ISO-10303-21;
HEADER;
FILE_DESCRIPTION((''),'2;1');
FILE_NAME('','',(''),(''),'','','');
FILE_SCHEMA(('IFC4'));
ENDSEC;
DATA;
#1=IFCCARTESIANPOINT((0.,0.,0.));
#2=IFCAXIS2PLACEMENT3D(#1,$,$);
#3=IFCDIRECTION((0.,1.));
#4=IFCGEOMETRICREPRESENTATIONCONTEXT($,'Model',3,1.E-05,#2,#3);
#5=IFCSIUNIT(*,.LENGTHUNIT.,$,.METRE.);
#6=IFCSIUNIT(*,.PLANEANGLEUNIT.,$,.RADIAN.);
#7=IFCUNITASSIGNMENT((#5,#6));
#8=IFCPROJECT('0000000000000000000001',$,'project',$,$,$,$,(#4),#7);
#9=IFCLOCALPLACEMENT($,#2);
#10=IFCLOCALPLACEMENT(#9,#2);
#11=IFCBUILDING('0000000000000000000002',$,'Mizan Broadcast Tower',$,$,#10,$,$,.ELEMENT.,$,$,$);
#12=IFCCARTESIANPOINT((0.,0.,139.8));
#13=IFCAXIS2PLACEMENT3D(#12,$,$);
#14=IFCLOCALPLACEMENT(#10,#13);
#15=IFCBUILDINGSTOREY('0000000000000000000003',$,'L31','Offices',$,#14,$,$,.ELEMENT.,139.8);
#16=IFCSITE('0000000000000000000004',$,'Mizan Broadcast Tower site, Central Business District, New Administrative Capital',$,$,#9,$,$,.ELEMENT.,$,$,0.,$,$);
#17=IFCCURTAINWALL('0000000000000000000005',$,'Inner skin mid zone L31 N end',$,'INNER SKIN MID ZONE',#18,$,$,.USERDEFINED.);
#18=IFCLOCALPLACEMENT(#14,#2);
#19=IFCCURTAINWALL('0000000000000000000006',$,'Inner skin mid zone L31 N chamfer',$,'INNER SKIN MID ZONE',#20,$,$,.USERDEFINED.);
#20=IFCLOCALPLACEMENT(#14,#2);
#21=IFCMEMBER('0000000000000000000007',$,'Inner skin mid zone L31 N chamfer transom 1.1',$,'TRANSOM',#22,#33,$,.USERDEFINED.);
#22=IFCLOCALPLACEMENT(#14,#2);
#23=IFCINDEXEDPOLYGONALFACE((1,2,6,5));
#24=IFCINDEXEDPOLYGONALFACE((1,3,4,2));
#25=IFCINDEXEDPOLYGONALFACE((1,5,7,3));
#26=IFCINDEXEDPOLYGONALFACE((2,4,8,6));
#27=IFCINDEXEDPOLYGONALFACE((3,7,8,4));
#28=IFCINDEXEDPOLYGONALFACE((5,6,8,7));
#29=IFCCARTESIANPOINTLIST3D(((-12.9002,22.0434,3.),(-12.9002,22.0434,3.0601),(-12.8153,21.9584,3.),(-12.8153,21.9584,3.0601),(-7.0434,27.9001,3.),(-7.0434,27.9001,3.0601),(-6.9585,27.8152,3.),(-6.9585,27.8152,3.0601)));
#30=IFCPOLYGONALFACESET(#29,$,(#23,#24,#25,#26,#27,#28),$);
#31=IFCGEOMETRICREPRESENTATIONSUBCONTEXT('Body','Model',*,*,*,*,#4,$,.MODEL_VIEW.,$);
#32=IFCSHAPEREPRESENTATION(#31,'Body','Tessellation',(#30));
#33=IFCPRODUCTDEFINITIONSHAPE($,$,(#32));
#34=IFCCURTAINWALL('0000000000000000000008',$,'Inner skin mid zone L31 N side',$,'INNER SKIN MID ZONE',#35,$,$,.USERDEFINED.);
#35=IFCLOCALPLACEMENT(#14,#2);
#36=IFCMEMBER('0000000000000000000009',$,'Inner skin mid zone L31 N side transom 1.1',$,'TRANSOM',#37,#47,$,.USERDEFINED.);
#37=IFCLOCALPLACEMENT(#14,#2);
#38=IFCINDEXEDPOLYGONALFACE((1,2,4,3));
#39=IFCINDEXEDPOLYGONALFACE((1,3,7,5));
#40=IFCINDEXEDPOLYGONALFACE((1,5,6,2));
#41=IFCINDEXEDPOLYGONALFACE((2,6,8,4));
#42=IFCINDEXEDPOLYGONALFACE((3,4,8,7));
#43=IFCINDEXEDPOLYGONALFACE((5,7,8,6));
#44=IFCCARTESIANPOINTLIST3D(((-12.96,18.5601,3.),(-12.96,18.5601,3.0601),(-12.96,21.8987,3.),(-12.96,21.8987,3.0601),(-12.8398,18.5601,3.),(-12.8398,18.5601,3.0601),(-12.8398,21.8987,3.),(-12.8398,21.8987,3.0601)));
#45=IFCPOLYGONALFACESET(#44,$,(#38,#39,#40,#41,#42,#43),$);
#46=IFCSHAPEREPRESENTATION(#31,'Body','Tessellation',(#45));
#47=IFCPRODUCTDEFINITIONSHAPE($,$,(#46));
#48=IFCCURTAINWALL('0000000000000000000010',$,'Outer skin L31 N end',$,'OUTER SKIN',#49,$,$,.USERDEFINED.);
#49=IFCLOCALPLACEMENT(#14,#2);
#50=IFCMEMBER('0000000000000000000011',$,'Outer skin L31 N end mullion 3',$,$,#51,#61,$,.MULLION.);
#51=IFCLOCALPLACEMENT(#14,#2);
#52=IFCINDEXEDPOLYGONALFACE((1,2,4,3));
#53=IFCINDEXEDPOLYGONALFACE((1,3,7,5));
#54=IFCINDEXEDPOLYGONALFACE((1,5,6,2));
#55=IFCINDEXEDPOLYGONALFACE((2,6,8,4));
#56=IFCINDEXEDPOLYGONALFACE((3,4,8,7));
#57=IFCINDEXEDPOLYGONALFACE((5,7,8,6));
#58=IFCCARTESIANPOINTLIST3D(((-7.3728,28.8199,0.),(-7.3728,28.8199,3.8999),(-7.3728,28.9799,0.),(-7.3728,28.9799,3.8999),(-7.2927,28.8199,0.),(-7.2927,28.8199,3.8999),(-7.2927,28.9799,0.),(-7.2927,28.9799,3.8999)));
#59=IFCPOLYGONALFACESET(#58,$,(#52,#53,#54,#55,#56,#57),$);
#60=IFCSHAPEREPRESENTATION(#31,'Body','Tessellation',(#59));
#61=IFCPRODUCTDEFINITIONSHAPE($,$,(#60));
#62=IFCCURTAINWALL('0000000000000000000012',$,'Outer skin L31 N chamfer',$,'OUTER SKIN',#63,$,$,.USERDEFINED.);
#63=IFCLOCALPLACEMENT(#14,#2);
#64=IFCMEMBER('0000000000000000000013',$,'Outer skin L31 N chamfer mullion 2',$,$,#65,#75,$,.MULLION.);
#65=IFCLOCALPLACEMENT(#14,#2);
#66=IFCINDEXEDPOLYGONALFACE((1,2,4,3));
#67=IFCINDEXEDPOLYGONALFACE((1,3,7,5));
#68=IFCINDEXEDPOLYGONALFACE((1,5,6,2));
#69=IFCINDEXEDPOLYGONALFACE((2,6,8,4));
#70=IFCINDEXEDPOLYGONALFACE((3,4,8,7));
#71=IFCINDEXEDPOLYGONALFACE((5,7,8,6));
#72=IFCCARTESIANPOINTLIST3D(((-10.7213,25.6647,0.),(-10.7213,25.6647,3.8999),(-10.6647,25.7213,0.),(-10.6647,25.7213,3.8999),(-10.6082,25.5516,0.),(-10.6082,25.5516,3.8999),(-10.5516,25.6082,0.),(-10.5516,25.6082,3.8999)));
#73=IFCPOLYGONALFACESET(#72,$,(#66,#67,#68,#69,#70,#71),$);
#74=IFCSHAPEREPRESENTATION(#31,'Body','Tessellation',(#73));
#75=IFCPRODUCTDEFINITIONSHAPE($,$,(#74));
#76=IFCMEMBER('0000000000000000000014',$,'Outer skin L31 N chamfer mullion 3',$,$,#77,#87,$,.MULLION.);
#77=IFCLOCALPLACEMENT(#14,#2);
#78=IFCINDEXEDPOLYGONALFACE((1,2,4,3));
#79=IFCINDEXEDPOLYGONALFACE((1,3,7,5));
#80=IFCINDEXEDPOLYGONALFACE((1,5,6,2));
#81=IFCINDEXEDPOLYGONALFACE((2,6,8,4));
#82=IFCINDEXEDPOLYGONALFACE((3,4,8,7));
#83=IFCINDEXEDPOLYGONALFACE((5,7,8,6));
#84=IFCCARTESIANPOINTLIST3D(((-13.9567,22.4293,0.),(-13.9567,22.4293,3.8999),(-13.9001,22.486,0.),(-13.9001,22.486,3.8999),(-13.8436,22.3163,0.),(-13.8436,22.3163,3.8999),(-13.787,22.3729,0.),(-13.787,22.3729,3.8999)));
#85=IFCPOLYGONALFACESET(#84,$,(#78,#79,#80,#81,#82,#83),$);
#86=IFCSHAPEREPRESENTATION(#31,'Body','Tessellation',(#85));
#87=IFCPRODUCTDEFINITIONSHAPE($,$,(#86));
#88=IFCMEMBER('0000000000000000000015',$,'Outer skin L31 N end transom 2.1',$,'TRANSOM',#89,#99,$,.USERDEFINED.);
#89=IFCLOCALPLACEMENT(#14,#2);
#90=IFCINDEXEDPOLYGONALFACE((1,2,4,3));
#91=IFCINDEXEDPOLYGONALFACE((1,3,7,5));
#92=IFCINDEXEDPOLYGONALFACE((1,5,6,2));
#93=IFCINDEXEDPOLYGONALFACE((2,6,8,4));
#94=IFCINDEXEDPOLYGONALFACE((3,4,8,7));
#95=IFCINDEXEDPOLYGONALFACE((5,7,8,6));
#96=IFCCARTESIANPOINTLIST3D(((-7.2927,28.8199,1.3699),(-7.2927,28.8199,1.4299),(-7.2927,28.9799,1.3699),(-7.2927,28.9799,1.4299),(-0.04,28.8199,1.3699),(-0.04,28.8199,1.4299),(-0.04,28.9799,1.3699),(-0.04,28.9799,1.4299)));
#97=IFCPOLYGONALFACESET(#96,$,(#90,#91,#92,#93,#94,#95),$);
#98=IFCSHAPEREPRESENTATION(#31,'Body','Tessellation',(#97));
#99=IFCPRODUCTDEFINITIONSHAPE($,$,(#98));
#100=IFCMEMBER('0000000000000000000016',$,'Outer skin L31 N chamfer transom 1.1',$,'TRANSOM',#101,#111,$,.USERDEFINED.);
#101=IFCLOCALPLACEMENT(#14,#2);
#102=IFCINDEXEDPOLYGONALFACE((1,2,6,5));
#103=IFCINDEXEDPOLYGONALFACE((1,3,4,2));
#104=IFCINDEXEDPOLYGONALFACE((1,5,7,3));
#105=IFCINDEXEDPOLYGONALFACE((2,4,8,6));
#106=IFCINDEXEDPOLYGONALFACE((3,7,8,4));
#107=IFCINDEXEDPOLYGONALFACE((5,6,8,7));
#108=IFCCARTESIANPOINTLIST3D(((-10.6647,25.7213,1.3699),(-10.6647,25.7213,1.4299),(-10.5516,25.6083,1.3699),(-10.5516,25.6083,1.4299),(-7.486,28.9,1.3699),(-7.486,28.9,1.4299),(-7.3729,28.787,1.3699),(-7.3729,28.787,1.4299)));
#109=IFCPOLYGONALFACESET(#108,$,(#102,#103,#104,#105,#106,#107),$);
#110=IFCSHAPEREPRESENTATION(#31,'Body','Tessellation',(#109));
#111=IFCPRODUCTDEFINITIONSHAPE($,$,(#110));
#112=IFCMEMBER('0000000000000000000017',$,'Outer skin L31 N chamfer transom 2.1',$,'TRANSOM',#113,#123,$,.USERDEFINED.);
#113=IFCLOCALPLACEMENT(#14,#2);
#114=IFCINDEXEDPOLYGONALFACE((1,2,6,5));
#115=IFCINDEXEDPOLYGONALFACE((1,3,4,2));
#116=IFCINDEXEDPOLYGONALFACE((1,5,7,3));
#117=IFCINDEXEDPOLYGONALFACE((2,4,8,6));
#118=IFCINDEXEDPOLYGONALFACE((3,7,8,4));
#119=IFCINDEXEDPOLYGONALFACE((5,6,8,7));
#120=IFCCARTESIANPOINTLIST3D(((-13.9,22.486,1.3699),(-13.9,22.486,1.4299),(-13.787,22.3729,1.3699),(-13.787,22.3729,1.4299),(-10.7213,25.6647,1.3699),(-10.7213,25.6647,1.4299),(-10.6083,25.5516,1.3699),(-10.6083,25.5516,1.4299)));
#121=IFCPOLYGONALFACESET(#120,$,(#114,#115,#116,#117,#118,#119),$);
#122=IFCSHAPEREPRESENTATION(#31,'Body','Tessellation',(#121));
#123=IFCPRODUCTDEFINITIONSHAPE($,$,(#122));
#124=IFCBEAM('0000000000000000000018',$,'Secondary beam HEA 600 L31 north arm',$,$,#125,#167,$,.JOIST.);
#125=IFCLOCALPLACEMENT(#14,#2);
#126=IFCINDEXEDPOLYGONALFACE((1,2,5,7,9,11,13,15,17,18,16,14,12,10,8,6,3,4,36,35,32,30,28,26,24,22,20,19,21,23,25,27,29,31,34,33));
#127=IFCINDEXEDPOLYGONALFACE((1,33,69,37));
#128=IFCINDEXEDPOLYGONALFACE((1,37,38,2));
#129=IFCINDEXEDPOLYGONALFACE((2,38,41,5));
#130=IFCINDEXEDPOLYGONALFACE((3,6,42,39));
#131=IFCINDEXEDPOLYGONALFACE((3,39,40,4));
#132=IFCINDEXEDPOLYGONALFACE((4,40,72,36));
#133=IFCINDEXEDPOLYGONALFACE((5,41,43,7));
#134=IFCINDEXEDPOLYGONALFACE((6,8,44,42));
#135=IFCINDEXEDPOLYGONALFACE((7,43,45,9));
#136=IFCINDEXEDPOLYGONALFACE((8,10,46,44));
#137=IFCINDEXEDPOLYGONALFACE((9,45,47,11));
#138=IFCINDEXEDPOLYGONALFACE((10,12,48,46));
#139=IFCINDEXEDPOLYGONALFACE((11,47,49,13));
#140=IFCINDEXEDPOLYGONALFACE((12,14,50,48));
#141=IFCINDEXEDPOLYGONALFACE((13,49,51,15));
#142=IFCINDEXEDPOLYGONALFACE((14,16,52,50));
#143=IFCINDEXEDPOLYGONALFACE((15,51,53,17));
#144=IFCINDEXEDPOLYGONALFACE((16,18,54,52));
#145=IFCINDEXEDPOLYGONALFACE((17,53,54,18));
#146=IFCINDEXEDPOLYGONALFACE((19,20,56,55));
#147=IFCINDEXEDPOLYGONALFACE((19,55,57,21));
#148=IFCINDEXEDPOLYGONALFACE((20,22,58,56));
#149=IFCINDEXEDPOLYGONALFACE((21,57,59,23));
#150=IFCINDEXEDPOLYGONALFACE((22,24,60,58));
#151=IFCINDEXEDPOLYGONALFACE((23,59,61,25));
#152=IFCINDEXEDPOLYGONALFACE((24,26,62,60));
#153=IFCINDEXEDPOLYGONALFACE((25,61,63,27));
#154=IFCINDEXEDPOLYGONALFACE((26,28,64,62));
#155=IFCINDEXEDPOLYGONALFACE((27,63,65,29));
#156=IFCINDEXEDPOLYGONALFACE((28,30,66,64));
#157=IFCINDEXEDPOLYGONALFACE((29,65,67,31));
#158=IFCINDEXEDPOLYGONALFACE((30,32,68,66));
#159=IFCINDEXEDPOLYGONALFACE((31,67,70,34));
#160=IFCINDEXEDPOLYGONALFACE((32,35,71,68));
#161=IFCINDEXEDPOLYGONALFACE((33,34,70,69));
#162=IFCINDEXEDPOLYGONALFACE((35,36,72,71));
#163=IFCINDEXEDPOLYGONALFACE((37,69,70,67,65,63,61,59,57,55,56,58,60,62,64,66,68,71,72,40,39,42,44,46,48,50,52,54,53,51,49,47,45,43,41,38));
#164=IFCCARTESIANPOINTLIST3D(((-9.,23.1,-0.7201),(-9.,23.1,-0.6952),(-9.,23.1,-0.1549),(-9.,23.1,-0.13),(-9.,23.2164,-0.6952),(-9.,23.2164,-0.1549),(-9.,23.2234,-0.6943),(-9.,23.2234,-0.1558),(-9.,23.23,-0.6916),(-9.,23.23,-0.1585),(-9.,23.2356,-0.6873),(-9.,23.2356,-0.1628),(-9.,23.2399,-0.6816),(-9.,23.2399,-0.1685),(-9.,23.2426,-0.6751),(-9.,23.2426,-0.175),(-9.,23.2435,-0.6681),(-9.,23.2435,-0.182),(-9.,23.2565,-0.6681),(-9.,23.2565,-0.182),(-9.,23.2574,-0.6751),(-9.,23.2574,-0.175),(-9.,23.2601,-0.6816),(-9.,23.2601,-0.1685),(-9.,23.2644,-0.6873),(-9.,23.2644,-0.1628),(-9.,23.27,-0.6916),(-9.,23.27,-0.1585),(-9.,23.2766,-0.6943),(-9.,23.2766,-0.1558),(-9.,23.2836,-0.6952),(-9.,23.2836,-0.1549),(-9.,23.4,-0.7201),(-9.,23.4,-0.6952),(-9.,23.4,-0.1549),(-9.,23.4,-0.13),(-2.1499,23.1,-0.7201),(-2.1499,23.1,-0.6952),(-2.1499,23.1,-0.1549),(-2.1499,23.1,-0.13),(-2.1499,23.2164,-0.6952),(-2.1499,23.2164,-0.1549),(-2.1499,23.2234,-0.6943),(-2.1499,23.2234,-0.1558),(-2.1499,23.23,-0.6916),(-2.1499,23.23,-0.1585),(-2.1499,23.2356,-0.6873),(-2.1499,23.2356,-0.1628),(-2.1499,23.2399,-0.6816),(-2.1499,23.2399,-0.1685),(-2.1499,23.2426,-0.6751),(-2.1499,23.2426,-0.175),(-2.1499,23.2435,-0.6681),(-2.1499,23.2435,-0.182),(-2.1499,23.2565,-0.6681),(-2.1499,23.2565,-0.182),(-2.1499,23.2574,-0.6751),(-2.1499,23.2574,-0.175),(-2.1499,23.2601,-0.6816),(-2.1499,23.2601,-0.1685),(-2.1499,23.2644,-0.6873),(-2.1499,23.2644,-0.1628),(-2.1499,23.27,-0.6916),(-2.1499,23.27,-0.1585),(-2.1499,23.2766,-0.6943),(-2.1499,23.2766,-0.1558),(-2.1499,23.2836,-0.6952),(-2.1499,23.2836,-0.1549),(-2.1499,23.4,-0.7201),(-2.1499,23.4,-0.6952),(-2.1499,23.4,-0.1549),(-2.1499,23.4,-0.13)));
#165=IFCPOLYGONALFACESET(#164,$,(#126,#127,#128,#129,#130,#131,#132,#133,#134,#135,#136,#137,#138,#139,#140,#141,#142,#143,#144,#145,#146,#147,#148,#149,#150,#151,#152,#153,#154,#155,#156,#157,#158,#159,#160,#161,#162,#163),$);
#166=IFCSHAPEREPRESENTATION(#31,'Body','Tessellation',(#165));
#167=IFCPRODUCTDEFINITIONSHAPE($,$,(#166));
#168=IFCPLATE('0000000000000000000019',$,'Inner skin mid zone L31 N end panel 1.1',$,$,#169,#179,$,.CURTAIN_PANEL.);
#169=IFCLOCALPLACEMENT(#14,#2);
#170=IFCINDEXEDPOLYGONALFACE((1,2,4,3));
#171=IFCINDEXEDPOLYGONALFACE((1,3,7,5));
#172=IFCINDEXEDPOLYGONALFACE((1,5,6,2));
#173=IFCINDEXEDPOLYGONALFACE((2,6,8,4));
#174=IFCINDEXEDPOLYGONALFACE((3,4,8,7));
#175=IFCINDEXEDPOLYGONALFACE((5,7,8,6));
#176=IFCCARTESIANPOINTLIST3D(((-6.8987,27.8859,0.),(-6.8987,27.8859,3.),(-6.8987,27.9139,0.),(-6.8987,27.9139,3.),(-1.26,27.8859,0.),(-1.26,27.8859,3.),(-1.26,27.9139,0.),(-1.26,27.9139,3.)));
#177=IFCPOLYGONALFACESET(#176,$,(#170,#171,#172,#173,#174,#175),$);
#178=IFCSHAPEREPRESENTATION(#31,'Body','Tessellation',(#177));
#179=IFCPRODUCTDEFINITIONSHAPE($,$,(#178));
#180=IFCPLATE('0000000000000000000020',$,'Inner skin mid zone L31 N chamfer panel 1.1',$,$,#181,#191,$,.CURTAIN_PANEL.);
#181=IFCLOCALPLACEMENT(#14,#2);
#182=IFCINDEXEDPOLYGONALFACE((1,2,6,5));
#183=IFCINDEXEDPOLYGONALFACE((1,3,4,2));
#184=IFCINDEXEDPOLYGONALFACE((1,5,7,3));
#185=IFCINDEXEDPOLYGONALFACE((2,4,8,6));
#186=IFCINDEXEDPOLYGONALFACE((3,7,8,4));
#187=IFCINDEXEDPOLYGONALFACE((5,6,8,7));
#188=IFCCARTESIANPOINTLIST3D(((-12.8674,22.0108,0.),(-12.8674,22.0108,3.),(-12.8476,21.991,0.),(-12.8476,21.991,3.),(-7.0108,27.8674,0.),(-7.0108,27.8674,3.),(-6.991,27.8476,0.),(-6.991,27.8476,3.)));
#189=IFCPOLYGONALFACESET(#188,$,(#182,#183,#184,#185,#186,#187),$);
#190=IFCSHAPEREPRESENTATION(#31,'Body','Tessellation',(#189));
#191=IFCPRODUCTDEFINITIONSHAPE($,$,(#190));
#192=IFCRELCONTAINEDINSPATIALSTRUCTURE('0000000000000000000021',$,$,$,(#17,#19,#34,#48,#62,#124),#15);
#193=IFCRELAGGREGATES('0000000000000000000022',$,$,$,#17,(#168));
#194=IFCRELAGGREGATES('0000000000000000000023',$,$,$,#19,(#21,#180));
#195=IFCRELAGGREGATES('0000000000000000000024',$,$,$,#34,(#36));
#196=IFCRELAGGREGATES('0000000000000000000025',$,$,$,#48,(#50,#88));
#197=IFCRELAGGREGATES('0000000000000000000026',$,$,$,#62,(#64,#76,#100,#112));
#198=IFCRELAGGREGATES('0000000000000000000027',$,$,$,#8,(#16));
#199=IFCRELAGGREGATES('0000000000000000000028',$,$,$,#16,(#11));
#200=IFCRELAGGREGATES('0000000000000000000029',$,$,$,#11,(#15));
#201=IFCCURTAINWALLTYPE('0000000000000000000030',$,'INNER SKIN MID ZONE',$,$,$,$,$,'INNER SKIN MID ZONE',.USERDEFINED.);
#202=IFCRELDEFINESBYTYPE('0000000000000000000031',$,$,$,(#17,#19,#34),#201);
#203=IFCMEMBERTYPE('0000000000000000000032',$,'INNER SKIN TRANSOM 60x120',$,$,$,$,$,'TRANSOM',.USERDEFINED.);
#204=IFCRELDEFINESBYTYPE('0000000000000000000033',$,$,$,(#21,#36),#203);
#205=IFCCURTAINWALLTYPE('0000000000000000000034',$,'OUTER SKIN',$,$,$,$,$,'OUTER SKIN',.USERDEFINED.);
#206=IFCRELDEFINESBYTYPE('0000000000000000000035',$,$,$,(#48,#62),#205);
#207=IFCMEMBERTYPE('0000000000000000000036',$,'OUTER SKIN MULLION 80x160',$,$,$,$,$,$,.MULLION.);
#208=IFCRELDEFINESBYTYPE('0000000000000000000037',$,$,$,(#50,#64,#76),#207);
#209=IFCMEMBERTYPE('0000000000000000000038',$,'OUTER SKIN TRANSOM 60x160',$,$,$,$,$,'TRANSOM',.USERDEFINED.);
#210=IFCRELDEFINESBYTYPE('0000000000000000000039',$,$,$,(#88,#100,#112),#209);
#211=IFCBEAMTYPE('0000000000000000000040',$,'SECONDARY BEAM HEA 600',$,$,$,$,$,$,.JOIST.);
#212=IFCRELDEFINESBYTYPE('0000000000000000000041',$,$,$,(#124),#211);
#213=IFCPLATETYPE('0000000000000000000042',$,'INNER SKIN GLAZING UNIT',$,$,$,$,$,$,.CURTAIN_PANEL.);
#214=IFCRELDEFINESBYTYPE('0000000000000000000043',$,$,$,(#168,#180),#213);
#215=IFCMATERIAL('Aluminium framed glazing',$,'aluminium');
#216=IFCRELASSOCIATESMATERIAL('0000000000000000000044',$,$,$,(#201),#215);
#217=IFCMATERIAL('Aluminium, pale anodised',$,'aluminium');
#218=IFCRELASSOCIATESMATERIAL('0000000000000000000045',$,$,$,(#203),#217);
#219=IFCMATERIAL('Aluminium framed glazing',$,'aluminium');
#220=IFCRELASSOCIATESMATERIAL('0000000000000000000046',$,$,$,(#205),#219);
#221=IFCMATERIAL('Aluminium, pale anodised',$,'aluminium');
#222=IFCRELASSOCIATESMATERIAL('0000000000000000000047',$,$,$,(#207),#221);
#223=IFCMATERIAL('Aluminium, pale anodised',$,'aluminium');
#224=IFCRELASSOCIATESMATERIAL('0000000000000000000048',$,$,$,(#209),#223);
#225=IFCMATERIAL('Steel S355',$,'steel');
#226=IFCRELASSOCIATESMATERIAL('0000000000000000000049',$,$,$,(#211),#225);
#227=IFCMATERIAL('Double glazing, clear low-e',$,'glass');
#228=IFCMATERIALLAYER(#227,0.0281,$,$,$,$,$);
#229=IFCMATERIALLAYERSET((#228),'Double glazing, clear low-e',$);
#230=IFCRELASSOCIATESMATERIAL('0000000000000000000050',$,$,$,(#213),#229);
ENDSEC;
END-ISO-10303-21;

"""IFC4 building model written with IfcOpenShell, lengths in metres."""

from ifc_helpers import new_model, si_unit, direction, frame, origin, origin_2d, place, context, subcontext, project, spatial, rectangle, i_section, extrude, material, layer, layer_set, material_profile, profile_set, type_object, element, aggregate, save


model = new_model("IFC4")

# Units and contexts
model_context = context("Model", 3, precision=1e-05, world=origin(), true_north=direction((0.0, 1.0)))
body_context = subcontext(model_context, "Body", "Model", "MODEL_VIEW")
ifc_project = project(units=[si_unit("LENGTHUNIT", "METRE"), si_unit("PLANEANGLEUNIT", "RADIAN")], contexts=[model_context])

# Site, building, storey
site_placement = place(None, origin())
site = spatial("IfcSite", under=ifc_project, at=site_placement, Name="Mizan Broadcast Tower site, Central Business District, New Administrative Capital", CompositionType="ELEMENT", RefElevation=0.0)
building_placement = place(site_placement, origin())
building = spatial("IfcBuilding", under=site, at=building_placement, Name="Mizan Broadcast Tower", CompositionType="ELEMENT")
storey_placement = place(building_placement, frame((0.0, 0.0, 139.8)))
storey = spatial("IfcBuildingStorey", under=building, at=storey_placement, Name="L31", Description="Offices", CompositionType="ELEMENT", Elevation=139.8)

# Curtain wall
ifc_material_1 = material(Name="Aluminium framed glazing", Category="aluminium")
curtain_wall_type_1 = type_object("IfcCurtainWallType", Name="INNER SKIN MID ZONE", ElementType="INNER SKIN MID ZONE", PredefinedType="USERDEFINED", material=ifc_material_1)
curtain_wall_1_placement = place(storey_placement, origin())
curtain_wall_1 = element("IfcCurtainWall", 1, at=curtain_wall_1_placement, inside=storey, type_object=curtain_wall_type_1, Name="Inner skin mid zone L31 N end", ObjectType="INNER SKIN MID ZONE", PredefinedType="USERDEFINED")

# Curtain wall
curtain_wall_2_placement = place(storey_placement, origin())
curtain_wall_2 = element("IfcCurtainWall", 2, at=curtain_wall_2_placement, inside=storey, type_object=curtain_wall_type_1, Name="Inner skin mid zone L31 N chamfer", ObjectType="INNER SKIN MID ZONE", PredefinedType="USERDEFINED")

# Member
ifc_material_2 = material(Name="Aluminium, pale anodised", Category="aluminium")
ifc_material_profile_1 = material_profile(ifc_material_2, rectangle(XDim=0.1201, YDim=0.0601, at=origin_2d()), Name="TRANSOM 120x60")
ifc_profile_set_1 = profile_set([ifc_material_profile_1], Name="Aluminium, pale anodised")
member_type_1 = type_object("IfcMemberType", Name="INNER SKIN TRANSOM 60x120", ElementType="TRANSOM", PredefinedType="USERDEFINED", material=ifc_profile_set_1)
member_1_placement = place(storey_placement, frame((-7.001, 27.8577, 3.03), z_axis=(-0.707107, -0.707107, 0.0), x_axis=(0.707107, -0.707107, 0.0)))
member_1 = element("IfcMember", 3, at=member_1_placement, type_object=member_type_1, Name="Inner skin mid zone L31 N chamfer transom 1.1", ObjectType="TRANSOM", PredefinedType="USERDEFINED", context=body_context, shape_type="SweptSolid", body=[
    extrude(rectangle(XDim=0.1201, YDim=0.0601, at=origin_2d()), origin(), (0.0, 0.0, 1.0), 8.2827),
])

# Curtain walls, members
curtain_wall_3_placement = place(storey_placement, origin())
curtain_wall_3 = element("IfcCurtainWall", 4, at=curtain_wall_3_placement, inside=storey, type_object=curtain_wall_type_1, Name="Inner skin mid zone L31 N side", ObjectType="INNER SKIN MID ZONE", PredefinedType="USERDEFINED")
member_2_placement = place(storey_placement, frame((-12.8999, 21.8987, 3.03), z_axis=(0.0, -1.0, 0.0), x_axis=(1.0, 0.0, 0.0)))
member_2 = element("IfcMember", 5, at=member_2_placement, type_object=member_type_1, Name="Inner skin mid zone L31 N side transom 1.1", ObjectType="TRANSOM", PredefinedType="USERDEFINED", context=body_context, shape_type="SweptSolid", body=[
    extrude(rectangle(XDim=0.1201, YDim=0.0601, at=origin_2d()), origin(), (0.0, 0.0, 1.0), 3.3386),
])
ifc_material_3 = material(Name="Aluminium framed glazing", Category="aluminium")
curtain_wall_type_2 = type_object("IfcCurtainWallType", Name="OUTER SKIN", ElementType="OUTER SKIN", PredefinedType="USERDEFINED", material=ifc_material_3)
curtain_wall_4_placement = place(storey_placement, origin())
curtain_wall_4 = element("IfcCurtainWall", 6, at=curtain_wall_4_placement, inside=storey, type_object=curtain_wall_type_2, Name="Outer skin L31 N end", ObjectType="OUTER SKIN", PredefinedType="USERDEFINED")
ifc_material_4 = material(Name="Aluminium, pale anodised", Category="aluminium")
ifc_material_profile_2 = material_profile(ifc_material_4, rectangle(XDim=0.1599, YDim=0.0801, at=origin_2d()), Name="MULLION 160x80")
ifc_profile_set_2 = profile_set([ifc_material_profile_2], Name="Aluminium, pale anodised")
member_type_2 = type_object("IfcMemberType", Name="OUTER SKIN MULLION 80x160", PredefinedType="MULLION", material=ifc_profile_set_2)
member_3_placement = place(storey_placement, frame((-7.3328, 28.8999, 0.0), z_axis=(0.0, 0.0, 1.0), x_axis=(0.0, -1.0, 0.0)))
member_3 = element("IfcMember", 7, at=member_3_placement, type_object=member_type_2, Name="Outer skin L31 N end mullion 3", PredefinedType="MULLION", context=body_context, shape_type="SweptSolid", body=[
    extrude(rectangle(XDim=0.1599, YDim=0.0801, at=origin_2d()), origin(), (0.0, 0.0, 1.0), 3.8999),
])

# Curtain wall, members
curtain_wall_5_placement = place(storey_placement, origin())
curtain_wall_5 = element("IfcCurtainWall", 8, at=curtain_wall_5_placement, inside=storey, type_object=curtain_wall_type_2, Name="Outer skin L31 N chamfer", ObjectType="OUTER SKIN", PredefinedType="USERDEFINED")
member_4_placement = place(storey_placement, frame((-10.6365, 25.6365, 0.0), z_axis=(0.0, 0.0, 1.0), x_axis=(0.707107, -0.707107, 0.0)))
member_4 = element("IfcMember", 9, at=member_4_placement, type_object=member_type_2, Name="Outer skin L31 N chamfer mullion 2", PredefinedType="MULLION", context=body_context, shape_type="SweptSolid", body=[
    extrude(rectangle(XDim=0.1599, YDim=0.0801, at=origin_2d()), origin(), (0.0, 0.0, 1.0), 3.8999),
])
member_5_placement = place(storey_placement, frame((-13.8718, 22.4011, 0.0), z_axis=(0.0, 0.0, 1.0), x_axis=(0.707107, -0.707107, 0.0)))
member_5 = element("IfcMember", 10, at=member_5_placement, type_object=member_type_2, Name="Outer skin L31 N chamfer mullion 3", PredefinedType="MULLION", context=body_context, shape_type="SweptSolid", body=[
    extrude(rectangle(XDim=0.1599, YDim=0.0801, at=origin_2d()), origin(), (0.0, 0.0, 1.0), 3.8999),
])

# Members
ifc_material_5 = material(Name="Aluminium, pale anodised", Category="aluminium")
ifc_material_profile_3 = material_profile(ifc_material_5, rectangle(XDim=0.1599, YDim=0.0601, at=origin_2d()), Name="TRANSOM 160x60")
ifc_profile_set_3 = profile_set([ifc_material_profile_3], Name="Aluminium, pale anodised")
member_type_3 = type_object("IfcMemberType", Name="OUTER SKIN TRANSOM 60x160", ElementType="TRANSOM", PredefinedType="USERDEFINED", material=ifc_profile_set_3)
member_6_placement = place(storey_placement, frame((-0.04, 28.8999, 1.3999), z_axis=(-1.0, 0.0, 0.0), x_axis=(0.0, -1.0, 0.0)))
member_6 = element("IfcMember", 11, at=member_6_placement, type_object=member_type_3, Name="Outer skin L31 N end transom 2.1", ObjectType="TRANSOM", PredefinedType="USERDEFINED", context=body_context, shape_type="SweptSolid", body=[
    extrude(rectangle(XDim=0.1599, YDim=0.0601, at=origin_2d()), origin(), (0.0, 0.0, 1.0), 7.2527),
])
member_7_placement = place(storey_placement, frame((-7.4294, 28.8435, 1.3999), z_axis=(-0.707107, -0.707107, 0.0), x_axis=(0.707107, -0.707107, 0.0)))
member_7 = element("IfcMember", 12, at=member_7_placement, type_object=member_type_3, Name="Outer skin L31 N chamfer transom 1.1", ObjectType="TRANSOM", PredefinedType="USERDEFINED", context=body_context, shape_type="SweptSolid", body=[
    extrude(rectangle(XDim=0.1599, YDim=0.0601, at=origin_2d()), origin(), (0.0, 0.0, 1.0), 4.4954),
])
member_8_placement = place(storey_placement, frame((-10.6648, 25.6082, 1.3999), z_axis=(-0.707107, -0.707107, 0.0), x_axis=(0.707107, -0.707107, 0.0)))
member_8 = element("IfcMember", 13, at=member_8_placement, type_object=member_type_3, Name="Outer skin L31 N chamfer transom 2.1", ObjectType="TRANSOM", PredefinedType="USERDEFINED", context=body_context, shape_type="SweptSolid", body=[
    extrude(rectangle(XDim=0.1599, YDim=0.0601, at=origin_2d()), origin(), (0.0, 0.0, 1.0), 4.4954),
])

# Beam
ifc_material_6 = material(Name="Steel S355", Category="steel")
ifc_material_profile_4 = material_profile(ifc_material_6, i_section(OverallWidth=0.3, OverallDepth=0.5901, WebThickness=0.0129, FlangeThickness=0.0249, FilletRadius=0.0271, at=origin_2d()), Name="HEA 600")
ifc_profile_set_4 = profile_set([ifc_material_profile_4], Name="Steel S355")
beam_type_1 = type_object("IfcBeamType", Name="SECONDARY BEAM HEA 600", PredefinedType="JOIST", material=ifc_profile_set_4)
beam_1_placement = place(storey_placement, frame((-9.0, 23.25, -0.425), z_axis=(1.0, 0.0, 0.0), x_axis=(0.0, 1.0, 0.0)))
element("IfcBeam", 14, at=beam_1_placement, inside=storey, type_object=beam_type_1, Name="Secondary beam HEA 600 L31 north arm", PredefinedType="JOIST", context=body_context, shape_type="SweptSolid", body=[
    extrude(i_section(OverallWidth=0.3, OverallDepth=0.5901, WebThickness=0.0129, FlangeThickness=0.0249, FilletRadius=0.0271, at=origin_2d()), origin(), (0.0, 0.0, 1.0), 6.8501),
])

# Plates
ifc_material_7 = material(Name="Double glazing, clear low-e", Category="glass")
ifc_layer_1 = layer(ifc_material_7, 0.0281)
ifc_layer_set_1 = layer_set([ifc_layer_1], Name="Double glazing, clear low-e")
plate_type_1 = type_object("IfcPlateType", Name="INNER SKIN GLAZING UNIT", PredefinedType="CURTAIN_PANEL", material=ifc_layer_set_1)
plate_1_placement = place(storey_placement, frame((-4.0793, 27.8999, 0.0), z_axis=(0.0, 0.0, 1.0), x_axis=(-1.0, 0.0, 0.0)))
plate_1 = element("IfcPlate", 15, at=plate_1_placement, type_object=plate_type_1, Name="Inner skin mid zone L31 N end panel 1.1", PredefinedType="CURTAIN_PANEL", context=body_context, shape_type="SweptSolid", body=[
    extrude(rectangle(XDim=5.6387, YDim=0.0281, at=origin_2d()), origin(), (0.0, 0.0, 1.0), 3.0),
])
plate_2_placement = place(storey_placement, frame((-9.9292, 24.9292, 0.0), z_axis=(0.0, 0.0, 1.0), x_axis=(-0.707107, -0.707107, 0.0)))
plate_2 = element("IfcPlate", 16, at=plate_2_placement, type_object=plate_type_1, Name="Inner skin mid zone L31 N chamfer panel 1.1", PredefinedType="CURTAIN_PANEL", context=body_context, shape_type="SweptSolid", body=[
    extrude(rectangle(XDim=8.2825, YDim=0.0281, at=origin_2d()), origin(), (0.0, 0.0, 1.0), 3.0),
])
aggregate(curtain_wall_1, [plate_1])
aggregate(curtain_wall_2, [member_1, plate_2])
aggregate(curtain_wall_3, [member_2])
aggregate(curtain_wall_4, [member_3, member_6])
aggregate(curtain_wall_5, [member_4, member_5, member_7, member_8])

save(model, "model.ifc")
